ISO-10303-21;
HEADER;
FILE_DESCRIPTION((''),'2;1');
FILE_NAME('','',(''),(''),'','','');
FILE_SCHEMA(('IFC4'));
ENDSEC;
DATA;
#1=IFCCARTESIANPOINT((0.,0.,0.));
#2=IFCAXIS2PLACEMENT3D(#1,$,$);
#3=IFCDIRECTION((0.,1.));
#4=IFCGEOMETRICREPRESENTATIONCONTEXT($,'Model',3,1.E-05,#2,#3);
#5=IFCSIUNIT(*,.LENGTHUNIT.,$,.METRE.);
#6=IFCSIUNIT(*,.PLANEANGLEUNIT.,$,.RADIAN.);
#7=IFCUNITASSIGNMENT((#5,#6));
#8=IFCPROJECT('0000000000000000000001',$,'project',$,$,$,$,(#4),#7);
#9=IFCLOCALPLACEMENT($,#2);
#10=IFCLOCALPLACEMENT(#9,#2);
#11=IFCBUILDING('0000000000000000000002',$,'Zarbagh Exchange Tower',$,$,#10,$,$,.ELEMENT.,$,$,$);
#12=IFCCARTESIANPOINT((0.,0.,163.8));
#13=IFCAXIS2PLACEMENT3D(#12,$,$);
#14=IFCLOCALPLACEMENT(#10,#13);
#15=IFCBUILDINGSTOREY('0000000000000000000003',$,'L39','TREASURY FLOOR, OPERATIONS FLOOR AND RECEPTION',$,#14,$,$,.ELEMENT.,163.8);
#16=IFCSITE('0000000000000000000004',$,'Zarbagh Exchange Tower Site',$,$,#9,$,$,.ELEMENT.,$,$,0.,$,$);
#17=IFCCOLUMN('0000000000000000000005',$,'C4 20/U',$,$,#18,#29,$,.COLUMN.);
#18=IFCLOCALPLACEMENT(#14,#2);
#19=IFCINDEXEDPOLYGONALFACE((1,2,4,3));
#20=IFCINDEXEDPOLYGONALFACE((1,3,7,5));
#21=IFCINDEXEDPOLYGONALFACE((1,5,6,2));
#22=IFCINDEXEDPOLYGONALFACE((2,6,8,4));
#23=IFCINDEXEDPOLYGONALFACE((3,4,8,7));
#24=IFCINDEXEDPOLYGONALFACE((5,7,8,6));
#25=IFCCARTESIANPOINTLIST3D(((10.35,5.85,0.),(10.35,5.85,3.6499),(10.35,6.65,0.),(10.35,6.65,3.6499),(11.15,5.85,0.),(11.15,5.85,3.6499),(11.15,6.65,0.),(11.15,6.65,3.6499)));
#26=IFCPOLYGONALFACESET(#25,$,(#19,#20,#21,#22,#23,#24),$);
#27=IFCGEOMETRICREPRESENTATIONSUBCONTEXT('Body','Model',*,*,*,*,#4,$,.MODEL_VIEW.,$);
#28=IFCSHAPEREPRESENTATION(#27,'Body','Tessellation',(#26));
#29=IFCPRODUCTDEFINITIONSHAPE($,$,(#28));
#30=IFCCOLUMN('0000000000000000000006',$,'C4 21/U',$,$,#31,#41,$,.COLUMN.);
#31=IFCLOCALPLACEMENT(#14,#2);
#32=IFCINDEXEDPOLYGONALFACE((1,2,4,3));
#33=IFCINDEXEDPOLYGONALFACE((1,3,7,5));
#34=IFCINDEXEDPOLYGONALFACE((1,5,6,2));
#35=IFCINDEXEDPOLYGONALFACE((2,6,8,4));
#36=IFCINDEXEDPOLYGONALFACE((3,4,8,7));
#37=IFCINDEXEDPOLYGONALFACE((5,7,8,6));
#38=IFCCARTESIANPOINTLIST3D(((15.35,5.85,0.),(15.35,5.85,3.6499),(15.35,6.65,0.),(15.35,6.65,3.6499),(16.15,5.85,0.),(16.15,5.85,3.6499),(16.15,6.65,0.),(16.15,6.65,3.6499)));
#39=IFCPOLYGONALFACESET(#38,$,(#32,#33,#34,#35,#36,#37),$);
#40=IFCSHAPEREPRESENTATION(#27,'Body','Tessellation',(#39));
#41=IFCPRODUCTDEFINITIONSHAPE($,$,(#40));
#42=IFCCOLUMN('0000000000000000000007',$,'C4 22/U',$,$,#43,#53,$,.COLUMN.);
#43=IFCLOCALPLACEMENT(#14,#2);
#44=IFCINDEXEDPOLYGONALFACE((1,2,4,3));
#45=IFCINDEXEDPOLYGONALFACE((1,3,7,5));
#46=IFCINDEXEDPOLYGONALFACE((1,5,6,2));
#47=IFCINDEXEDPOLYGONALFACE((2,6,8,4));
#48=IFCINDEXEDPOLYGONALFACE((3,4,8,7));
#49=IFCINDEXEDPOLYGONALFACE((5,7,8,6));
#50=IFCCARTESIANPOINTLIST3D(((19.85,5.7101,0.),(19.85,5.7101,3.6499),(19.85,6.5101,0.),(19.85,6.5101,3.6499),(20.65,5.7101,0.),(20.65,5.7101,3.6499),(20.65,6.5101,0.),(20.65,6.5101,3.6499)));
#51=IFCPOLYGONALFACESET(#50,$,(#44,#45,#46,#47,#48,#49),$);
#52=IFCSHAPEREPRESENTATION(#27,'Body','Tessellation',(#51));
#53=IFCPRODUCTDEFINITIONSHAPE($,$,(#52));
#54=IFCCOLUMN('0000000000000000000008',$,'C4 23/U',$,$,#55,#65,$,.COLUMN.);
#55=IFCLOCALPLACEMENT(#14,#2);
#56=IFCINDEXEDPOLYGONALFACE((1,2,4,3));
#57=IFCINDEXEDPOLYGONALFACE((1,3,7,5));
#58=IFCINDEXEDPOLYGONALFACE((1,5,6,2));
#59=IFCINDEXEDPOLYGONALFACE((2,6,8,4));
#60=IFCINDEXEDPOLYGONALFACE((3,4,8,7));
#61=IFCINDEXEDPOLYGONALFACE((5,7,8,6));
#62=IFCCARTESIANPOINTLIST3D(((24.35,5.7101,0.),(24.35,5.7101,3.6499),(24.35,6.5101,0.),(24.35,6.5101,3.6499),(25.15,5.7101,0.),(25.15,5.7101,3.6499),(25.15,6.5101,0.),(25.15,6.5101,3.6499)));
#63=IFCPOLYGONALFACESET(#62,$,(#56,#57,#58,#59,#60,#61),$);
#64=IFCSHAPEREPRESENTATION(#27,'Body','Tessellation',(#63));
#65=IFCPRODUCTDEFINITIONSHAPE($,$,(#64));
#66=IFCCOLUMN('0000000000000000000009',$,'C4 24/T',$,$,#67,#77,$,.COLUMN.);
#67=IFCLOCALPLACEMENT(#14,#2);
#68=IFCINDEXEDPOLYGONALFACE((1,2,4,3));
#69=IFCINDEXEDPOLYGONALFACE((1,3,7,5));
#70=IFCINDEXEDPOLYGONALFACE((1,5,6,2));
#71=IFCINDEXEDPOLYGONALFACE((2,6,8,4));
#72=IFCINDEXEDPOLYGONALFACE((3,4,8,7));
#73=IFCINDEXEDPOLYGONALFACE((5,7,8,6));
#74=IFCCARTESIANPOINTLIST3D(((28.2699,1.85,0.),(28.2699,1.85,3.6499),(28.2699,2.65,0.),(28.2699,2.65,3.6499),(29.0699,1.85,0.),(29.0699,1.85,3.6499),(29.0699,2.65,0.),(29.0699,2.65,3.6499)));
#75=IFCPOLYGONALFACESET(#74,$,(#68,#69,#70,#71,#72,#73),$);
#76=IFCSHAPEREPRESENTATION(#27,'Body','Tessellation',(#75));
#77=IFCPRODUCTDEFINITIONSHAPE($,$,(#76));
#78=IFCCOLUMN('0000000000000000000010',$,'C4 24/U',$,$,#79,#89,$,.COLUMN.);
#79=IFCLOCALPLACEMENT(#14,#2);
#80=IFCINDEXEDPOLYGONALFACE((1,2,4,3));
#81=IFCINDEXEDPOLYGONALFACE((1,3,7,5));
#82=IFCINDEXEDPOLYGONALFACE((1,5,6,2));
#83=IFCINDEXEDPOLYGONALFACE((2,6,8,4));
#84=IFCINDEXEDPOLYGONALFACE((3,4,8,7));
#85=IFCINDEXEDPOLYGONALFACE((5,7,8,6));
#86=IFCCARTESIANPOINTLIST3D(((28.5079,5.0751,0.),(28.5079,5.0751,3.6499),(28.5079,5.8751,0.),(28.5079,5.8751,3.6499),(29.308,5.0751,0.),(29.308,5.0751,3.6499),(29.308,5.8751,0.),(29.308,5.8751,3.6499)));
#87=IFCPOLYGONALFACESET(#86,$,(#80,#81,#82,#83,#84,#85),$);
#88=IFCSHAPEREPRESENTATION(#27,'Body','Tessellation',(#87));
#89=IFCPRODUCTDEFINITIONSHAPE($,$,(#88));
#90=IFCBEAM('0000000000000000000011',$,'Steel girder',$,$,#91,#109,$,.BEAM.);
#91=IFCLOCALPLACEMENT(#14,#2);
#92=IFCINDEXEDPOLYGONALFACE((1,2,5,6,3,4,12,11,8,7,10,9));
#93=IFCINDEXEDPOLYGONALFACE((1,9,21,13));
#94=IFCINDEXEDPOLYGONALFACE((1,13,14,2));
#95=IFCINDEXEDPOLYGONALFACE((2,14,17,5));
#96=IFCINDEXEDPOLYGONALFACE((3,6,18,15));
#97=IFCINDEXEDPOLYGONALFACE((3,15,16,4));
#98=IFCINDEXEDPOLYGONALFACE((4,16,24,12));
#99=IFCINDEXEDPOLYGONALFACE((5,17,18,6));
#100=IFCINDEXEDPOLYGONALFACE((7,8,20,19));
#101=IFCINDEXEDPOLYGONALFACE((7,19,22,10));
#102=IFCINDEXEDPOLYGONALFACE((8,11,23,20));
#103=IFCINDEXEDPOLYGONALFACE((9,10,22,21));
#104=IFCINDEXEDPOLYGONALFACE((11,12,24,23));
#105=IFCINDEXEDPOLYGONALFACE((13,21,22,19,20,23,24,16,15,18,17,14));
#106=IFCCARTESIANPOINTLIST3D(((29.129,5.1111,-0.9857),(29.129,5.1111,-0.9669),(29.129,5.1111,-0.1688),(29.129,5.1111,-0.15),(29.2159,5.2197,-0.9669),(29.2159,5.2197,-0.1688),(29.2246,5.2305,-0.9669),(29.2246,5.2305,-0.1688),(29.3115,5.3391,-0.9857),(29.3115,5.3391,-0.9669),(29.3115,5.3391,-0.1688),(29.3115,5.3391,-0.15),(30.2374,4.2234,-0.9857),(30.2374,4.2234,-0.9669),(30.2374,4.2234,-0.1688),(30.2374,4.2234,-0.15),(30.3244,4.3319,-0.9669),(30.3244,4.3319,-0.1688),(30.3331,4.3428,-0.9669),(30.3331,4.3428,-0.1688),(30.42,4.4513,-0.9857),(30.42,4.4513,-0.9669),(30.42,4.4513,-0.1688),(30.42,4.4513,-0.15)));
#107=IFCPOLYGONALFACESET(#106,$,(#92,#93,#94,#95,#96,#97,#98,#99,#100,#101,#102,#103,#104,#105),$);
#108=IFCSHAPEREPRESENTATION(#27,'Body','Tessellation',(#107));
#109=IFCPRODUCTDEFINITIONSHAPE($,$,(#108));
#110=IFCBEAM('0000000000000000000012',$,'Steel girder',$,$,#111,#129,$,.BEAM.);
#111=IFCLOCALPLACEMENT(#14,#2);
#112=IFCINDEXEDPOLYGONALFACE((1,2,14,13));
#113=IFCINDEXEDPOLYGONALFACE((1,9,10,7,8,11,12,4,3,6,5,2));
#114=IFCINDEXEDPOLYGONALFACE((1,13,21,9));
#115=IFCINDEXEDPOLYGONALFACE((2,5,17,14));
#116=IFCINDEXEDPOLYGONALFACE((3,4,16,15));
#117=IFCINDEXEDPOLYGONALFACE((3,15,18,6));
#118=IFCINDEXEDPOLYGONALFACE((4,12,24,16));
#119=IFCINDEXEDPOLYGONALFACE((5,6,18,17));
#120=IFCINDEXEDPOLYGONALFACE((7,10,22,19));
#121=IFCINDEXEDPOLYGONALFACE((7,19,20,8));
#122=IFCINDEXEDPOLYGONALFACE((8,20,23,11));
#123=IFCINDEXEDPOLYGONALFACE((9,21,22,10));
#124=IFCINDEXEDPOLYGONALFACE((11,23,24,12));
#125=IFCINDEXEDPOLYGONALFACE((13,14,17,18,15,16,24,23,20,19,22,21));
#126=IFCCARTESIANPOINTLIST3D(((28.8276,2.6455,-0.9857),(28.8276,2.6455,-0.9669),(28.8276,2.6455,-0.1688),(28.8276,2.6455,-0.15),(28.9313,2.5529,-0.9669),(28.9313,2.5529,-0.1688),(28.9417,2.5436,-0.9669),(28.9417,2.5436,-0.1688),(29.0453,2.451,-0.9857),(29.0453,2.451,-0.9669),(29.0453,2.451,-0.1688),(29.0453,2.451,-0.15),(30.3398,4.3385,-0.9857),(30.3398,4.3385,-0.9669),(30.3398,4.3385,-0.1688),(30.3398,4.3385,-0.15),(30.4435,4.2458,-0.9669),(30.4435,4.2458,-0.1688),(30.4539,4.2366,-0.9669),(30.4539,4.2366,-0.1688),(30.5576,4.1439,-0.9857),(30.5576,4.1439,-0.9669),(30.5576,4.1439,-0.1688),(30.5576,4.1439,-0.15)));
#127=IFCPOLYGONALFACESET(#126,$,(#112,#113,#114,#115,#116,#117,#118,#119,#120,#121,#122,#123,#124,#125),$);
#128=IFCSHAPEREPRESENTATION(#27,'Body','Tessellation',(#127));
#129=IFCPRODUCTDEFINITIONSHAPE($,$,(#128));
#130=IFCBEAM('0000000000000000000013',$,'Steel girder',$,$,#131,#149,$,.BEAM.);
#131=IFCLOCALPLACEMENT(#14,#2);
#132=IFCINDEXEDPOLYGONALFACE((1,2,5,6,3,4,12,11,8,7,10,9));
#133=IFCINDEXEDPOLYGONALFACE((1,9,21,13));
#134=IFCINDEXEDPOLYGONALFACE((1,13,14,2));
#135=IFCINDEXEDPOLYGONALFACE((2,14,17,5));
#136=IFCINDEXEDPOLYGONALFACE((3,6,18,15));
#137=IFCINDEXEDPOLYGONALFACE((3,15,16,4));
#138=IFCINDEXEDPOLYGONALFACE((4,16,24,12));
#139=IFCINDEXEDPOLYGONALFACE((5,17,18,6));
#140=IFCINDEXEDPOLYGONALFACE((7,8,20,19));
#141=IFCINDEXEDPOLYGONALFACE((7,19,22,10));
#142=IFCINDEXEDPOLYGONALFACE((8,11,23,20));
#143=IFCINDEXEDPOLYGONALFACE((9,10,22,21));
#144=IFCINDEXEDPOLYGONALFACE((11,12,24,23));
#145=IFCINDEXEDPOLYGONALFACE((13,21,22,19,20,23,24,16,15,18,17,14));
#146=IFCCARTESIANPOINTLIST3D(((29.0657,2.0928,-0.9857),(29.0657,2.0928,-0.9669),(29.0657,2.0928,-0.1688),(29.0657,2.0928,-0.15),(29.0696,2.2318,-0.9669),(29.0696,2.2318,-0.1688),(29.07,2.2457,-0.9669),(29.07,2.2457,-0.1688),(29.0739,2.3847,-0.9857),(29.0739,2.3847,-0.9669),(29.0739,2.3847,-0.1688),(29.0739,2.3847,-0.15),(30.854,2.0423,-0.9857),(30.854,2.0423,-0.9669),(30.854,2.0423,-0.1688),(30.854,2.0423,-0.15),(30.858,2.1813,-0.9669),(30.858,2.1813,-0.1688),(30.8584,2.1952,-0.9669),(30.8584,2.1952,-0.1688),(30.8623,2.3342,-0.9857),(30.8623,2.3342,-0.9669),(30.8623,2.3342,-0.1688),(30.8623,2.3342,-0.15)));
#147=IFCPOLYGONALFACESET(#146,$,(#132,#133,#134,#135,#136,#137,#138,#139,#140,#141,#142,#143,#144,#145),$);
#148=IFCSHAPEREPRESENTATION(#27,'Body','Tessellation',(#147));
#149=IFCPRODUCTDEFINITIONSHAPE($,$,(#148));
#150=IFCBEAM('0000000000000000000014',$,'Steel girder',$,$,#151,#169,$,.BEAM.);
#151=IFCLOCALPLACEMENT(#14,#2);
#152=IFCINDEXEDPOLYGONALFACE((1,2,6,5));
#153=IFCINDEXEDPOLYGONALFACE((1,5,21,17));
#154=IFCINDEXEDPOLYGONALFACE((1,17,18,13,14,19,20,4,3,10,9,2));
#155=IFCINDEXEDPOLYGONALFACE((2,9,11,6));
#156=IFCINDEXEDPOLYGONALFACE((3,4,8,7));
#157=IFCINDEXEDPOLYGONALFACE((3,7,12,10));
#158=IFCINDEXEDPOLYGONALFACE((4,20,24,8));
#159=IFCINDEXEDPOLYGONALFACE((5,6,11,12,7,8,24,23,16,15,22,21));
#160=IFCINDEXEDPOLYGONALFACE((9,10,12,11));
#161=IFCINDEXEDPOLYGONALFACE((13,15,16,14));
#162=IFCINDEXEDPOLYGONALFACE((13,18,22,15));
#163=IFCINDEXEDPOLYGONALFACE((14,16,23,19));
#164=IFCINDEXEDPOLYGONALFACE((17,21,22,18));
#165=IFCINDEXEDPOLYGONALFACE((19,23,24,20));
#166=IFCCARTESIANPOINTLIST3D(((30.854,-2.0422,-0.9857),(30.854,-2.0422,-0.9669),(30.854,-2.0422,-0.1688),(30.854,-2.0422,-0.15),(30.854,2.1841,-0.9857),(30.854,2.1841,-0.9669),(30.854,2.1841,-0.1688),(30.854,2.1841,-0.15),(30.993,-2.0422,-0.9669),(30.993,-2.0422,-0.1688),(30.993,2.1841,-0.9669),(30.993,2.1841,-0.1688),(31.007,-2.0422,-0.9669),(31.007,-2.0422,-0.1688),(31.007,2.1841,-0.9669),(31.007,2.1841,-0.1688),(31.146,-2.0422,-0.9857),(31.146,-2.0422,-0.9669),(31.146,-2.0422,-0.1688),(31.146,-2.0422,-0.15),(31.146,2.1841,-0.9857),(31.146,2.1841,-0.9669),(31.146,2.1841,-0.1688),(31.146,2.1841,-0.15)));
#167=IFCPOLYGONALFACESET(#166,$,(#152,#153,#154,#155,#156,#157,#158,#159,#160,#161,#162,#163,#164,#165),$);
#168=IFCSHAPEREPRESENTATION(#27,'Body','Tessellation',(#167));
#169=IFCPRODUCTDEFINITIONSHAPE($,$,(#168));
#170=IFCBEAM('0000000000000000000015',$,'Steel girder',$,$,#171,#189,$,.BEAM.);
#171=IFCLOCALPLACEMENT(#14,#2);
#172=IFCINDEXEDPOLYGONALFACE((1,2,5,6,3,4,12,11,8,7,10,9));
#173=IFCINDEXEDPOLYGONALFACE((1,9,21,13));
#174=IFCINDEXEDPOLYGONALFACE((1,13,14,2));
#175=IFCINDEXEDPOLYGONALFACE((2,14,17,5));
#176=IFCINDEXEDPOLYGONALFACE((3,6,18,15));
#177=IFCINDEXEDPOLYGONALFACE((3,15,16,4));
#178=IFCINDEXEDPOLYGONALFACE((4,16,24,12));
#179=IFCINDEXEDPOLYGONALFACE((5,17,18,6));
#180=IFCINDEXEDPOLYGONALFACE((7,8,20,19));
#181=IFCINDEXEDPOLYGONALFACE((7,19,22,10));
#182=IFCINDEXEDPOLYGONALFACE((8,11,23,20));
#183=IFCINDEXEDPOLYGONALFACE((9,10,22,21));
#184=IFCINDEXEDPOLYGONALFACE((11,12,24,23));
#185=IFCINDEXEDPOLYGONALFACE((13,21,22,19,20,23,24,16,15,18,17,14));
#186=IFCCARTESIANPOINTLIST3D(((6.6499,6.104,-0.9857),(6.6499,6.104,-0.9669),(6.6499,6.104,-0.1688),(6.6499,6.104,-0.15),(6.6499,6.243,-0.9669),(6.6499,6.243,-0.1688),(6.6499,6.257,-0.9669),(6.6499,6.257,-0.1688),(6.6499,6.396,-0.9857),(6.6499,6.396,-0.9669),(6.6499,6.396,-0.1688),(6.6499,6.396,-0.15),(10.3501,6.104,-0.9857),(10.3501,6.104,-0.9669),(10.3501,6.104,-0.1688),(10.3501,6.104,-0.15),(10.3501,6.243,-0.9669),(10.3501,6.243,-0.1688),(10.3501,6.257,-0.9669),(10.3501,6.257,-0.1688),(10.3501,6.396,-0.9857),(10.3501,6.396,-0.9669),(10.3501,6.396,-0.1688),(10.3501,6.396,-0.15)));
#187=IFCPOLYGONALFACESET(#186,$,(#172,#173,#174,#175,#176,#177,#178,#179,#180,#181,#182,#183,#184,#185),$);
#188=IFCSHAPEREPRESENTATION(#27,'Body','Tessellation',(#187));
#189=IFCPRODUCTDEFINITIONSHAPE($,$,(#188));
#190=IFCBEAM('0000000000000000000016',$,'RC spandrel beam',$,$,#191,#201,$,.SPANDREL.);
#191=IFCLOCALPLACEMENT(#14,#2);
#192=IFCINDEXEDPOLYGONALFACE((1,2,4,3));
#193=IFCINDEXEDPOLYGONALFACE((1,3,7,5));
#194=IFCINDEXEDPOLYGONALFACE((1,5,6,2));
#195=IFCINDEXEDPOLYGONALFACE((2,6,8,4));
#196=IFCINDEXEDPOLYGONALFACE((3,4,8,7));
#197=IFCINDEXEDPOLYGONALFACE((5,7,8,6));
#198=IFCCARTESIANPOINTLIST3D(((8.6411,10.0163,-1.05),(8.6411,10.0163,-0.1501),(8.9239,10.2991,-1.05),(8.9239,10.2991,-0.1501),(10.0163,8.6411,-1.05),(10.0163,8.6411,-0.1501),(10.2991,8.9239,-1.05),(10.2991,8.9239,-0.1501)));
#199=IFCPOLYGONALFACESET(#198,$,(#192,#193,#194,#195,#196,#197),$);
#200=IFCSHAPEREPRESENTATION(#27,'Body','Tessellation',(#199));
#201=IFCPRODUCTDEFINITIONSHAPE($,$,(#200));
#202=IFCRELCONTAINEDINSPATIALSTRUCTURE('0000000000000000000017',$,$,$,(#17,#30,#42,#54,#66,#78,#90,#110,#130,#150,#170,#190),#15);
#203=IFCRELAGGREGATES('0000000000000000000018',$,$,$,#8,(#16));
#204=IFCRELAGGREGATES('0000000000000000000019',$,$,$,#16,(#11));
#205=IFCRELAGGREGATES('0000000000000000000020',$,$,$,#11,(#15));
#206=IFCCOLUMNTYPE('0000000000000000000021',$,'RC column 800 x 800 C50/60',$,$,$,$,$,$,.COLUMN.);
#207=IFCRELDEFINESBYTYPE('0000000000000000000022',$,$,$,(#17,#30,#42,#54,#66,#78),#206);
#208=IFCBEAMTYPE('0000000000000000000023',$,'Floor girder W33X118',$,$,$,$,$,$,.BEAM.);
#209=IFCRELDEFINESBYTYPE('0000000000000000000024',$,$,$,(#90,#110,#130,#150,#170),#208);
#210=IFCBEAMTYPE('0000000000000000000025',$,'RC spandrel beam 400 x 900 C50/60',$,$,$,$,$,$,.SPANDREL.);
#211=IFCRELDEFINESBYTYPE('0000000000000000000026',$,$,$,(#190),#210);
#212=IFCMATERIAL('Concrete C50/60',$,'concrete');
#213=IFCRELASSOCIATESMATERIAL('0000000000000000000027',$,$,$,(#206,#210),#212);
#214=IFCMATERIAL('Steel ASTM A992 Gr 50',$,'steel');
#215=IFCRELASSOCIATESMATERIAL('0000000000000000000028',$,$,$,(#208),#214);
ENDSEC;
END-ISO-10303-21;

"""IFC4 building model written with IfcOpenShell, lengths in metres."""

from ifc_helpers import new_model, si_unit, direction, frame, origin, origin_2d, place, context, subcontext, project, spatial, rectangle, i_section, extrude, material, material_profile, profile_set, type_object, element, save


model = new_model("IFC4")

# Units and contexts
model_context = context("Model", 3, precision=1e-05, world=origin(), true_north=direction((0.0, 1.0)))
body_context = subcontext(model_context, "Body", "Model", "MODEL_VIEW")
ifc_project = project(units=[si_unit("LENGTHUNIT", "METRE"), si_unit("PLANEANGLEUNIT", "RADIAN")], contexts=[model_context])

# Site, building, storey
site_placement = place(None, origin())
site = spatial("IfcSite", under=ifc_project, at=site_placement, Name="Zarbagh Exchange Tower Site", CompositionType="ELEMENT", RefElevation=0.0)
building_placement = place(site_placement, origin())
building = spatial("IfcBuilding", under=site, at=building_placement, Name="Zarbagh Exchange Tower", CompositionType="ELEMENT")
storey_placement = place(building_placement, frame((0.0, 0.0, 163.8)))
storey = spatial("IfcBuildingStorey", under=building, at=storey_placement, Name="L39", Description="TREASURY FLOOR, OPERATIONS FLOOR AND RECEPTION", CompositionType="ELEMENT", Elevation=163.8)

# Columns
ifc_material_1 = material(Name="Concrete C50/60", Category="concrete")
ifc_material_profile_1 = material_profile(ifc_material_1, rectangle(XDim=0.8, YDim=0.8, at=origin_2d()), Name="RC column 800 x 800 C50/60")
ifc_profile_set_1 = profile_set([ifc_material_profile_1], Name="Concrete C50/60")
column_type = type_object("IfcColumnType", Name="RC column 800 x 800 C50/60", PredefinedType="COLUMN", material=ifc_profile_set_1)
for number, where, z_axis, x_axis, name in (
    (1, (10.75, 6.25, 0.0), (0.0, 0.0, 1.0), (1.0, 0.0, 0.0), "C4 20/U"),
    (2, (15.75, 6.25, 0.0), (0.0, 0.0, 1.0), (1.0, 0.0, 0.0), "C4 21/U"),
    (3, (20.25, 6.1101, 0.0), (0.0, 0.0, 1.0), (1.0, 0.0, 0.0), "C4 22/U"),
    (4, (24.75, 6.1101, 0.0), (0.0, 0.0, 1.0), (1.0, 0.0, 0.0), "C4 23/U"),
    (5, (28.6699, 2.25, 0.0), (0.0, 0.0, 1.0), (1.0, 0.0, 0.0), "C4 24/T"),
    (6, (28.908, 5.4751, 0.0), (0.0, 0.0, 1.0), (1.0, 0.0, 0.0), "C4 24/U"),
):
    element("IfcColumn", number, at=place(storey_placement, frame(where, z_axis=z_axis, x_axis=x_axis)), inside=storey, type_object=column_type, Name=name, PredefinedType="COLUMN", context=body_context, shape_type="SweptSolid", body=[
        extrude(rectangle(XDim=0.8, YDim=0.8, at=origin_2d()), origin(), (0.0, 0.0, 1.0), 3.6499),
    ])

# Beams
ifc_material_2 = material(Name="Steel ASTM A992 Gr 50", Category="steel")
ifc_material_profile_2 = material_profile(ifc_material_2, i_section(OverallWidth=0.292, OverallDepth=0.8357, WebThickness=0.0139, FlangeThickness=0.0188, at=origin_2d()), Name="W33X118")
ifc_profile_set_2 = profile_set([ifc_material_profile_2], Name="Steel ASTM A992 Gr 50")
beam_type_1 = type_object("IfcBeamType", Name="Floor girder W33X118", PredefinedType="BEAM", material=ifc_profile_set_2)
beam_1_placement = place(storey_placement, frame((29.2202, 5.2251, -0.5679), z_axis=(0.780533, -0.625114, 0.0), x_axis=(0.625114, 0.780533, 0.0)))
element("IfcBeam", 7, at=beam_1_placement, inside=storey, type_object=beam_type_1, Name="Steel girder", PredefinedType="BEAM", context=body_context, shape_type="SweptSolid", body=[
    extrude(i_section(OverallWidth=0.292, OverallDepth=0.8357, WebThickness=0.0139, FlangeThickness=0.0188, at=origin_2d()), origin(), (0.0, 0.0, 1.0), 1.4202),
])
beam_2_placement = place(storey_placement, frame((30.4487, 4.2412, -0.5679), z_axis=(-0.666191, -0.745781, 0.0), x_axis=(0.745781, -0.666191, 0.0)))
element("IfcBeam", 8, at=beam_2_placement, inside=storey, type_object=beam_type_1, Name="Steel girder", PredefinedType="BEAM", context=body_context, shape_type="SweptSolid", body=[
    extrude(i_section(OverallWidth=0.292, OverallDepth=0.8357, WebThickness=0.0139, FlangeThickness=0.0188, at=origin_2d()), origin(), (0.0, 0.0, 1.0), 2.27),
])
beam_3_placement = place(storey_placement, frame((29.0698, 2.2388, -0.5679), z_axis=(0.999601, -0.028248, 0.0), x_axis=(0.028248, 0.999601, 0.0)))
element("IfcBeam", 9, at=beam_3_placement, inside=storey, type_object=beam_type_1, Name="Steel girder", PredefinedType="BEAM", context=body_context, shape_type="SweptSolid", body=[
    extrude(i_section(OverallWidth=0.292, OverallDepth=0.8357, WebThickness=0.0139, FlangeThickness=0.0188, at=origin_2d()), origin(), (0.0, 0.0, 1.0), 1.7891),
])
beam_4_placement = place(storey_placement, frame((31.0, 2.1841, -0.5679), z_axis=(0.0, -1.0, 0.0), x_axis=(1.0, 0.0, 0.0)))
element("IfcBeam", 10, at=beam_4_placement, inside=storey, type_object=beam_type_1, Name="Steel girder", PredefinedType="BEAM", context=body_context, shape_type="SweptSolid", body=[
    extrude(i_section(OverallWidth=0.292, OverallDepth=0.8357, WebThickness=0.0139, FlangeThickness=0.0188, at=origin_2d()), origin(), (0.0, 0.0, 1.0), 4.2263),
])
beam_5_placement = place(storey_placement, frame((6.6499, 6.25, -0.5679), z_axis=(1.0, 0.0, 0.0), x_axis=(0.0, 1.0, 0.0)))
element("IfcBeam", 11, at=beam_5_placement, inside=storey, type_object=beam_type_1, Name="Steel girder", PredefinedType="BEAM", context=body_context, shape_type="SweptSolid", body=[
    extrude(i_section(OverallWidth=0.292, OverallDepth=0.8357, WebThickness=0.0139, FlangeThickness=0.0188, at=origin_2d()), origin(), (0.0, 0.0, 1.0), 3.7002),
])
ifc_material_profile_3 = material_profile(ifc_material_1, rectangle(XDim=0.3999, YDim=0.8999, at=origin_2d()), Name="RC spandrel beam 400 x 900 C50/60")
ifc_profile_set_3 = profile_set([ifc_material_profile_3], Name="Concrete C50/60")
beam_type_2 = type_object("IfcBeamType", Name="RC spandrel beam 400 x 900 C50/60", PredefinedType="SPANDREL", material=ifc_profile_set_3)
beam_6_placement = place(storey_placement, frame((8.7825, 10.1577, -0.6001), z_axis=(0.707107, -0.707107, 0.0), x_axis=(0.707107, 0.707107, 0.0)))
element("IfcBeam", 12, at=beam_6_placement, inside=storey, type_object=beam_type_2, Name="RC spandrel beam", PredefinedType="SPANDREL", context=body_context, shape_type="SweptSolid", body=[
    extrude(rectangle(XDim=0.3999, YDim=0.8999, at=origin_2d()), origin(), (0.0, 0.0, 1.0), 1.9448),
])

save(model, "model.ifc")
